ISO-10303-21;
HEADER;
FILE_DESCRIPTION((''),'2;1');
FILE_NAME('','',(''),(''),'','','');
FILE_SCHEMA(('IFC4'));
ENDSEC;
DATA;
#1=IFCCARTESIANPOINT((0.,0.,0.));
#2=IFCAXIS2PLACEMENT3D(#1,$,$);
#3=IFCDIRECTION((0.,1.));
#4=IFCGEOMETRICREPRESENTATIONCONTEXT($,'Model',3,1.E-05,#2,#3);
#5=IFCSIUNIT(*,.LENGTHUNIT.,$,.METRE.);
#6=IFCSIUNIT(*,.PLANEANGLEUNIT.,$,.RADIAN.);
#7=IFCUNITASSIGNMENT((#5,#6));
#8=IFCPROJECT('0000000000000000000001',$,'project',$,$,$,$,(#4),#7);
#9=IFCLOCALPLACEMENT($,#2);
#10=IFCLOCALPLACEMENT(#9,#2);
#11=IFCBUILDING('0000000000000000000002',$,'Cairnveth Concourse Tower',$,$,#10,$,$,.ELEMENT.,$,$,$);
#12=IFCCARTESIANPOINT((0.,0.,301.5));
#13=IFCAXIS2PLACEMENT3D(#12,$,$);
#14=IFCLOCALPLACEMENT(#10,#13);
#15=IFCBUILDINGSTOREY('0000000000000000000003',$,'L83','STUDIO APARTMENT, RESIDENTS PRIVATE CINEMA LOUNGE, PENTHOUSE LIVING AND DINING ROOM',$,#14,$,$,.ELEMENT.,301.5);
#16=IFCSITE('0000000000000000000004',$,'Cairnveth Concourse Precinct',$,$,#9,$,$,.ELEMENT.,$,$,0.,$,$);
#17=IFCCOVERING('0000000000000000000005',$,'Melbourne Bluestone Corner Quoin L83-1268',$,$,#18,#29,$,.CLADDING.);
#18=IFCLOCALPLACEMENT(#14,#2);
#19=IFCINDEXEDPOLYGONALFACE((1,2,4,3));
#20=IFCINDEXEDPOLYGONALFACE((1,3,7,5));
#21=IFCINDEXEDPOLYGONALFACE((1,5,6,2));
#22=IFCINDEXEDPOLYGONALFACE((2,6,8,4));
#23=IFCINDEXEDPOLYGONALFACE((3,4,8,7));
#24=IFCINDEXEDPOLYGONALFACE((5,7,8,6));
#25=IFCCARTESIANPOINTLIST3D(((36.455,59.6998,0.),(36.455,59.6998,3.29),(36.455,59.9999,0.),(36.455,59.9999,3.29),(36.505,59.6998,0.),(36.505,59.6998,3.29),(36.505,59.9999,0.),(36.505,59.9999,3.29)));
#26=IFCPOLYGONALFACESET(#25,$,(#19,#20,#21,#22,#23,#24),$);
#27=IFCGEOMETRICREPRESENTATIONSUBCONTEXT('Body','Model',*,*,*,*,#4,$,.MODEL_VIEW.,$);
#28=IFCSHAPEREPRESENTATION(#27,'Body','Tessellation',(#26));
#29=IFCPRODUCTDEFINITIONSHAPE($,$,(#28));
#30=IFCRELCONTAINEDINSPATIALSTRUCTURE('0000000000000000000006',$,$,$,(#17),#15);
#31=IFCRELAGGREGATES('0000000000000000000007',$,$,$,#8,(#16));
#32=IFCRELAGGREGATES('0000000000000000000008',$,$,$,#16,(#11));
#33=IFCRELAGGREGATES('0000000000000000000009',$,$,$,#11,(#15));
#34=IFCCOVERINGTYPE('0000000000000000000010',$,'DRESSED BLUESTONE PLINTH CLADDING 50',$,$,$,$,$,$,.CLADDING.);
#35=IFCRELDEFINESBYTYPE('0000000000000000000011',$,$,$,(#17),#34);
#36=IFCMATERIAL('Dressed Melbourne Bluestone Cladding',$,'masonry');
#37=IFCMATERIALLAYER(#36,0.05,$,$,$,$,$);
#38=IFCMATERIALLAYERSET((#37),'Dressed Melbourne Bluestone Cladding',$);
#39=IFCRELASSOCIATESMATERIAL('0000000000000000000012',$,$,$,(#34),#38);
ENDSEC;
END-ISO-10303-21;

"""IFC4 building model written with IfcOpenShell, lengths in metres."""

from ifc_helpers import new_model, si_unit, direction, frame, frame_2d, origin, place, context, subcontext, project, spatial, rectangle, extrude, material, layer, layer_set, type_object, element, save


model = new_model("IFC4")

# Units and contexts
model_context = context("Model", 3, precision=1e-05, world=origin(), true_north=direction((0.0, 1.0)))
body_context = subcontext(model_context, "Body", "Model", "MODEL_VIEW")
ifc_project = project(units=[si_unit("LENGTHUNIT", "METRE"), si_unit("PLANEANGLEUNIT", "RADIAN")], contexts=[model_context])

# Site, building, storey
site_placement = place(None, origin())
site = spatial("IfcSite", under=ifc_project, at=site_placement, Name="Cairnveth Concourse Precinct", CompositionType="ELEMENT", RefElevation=0.0)
building_placement = place(site_placement, origin())
building = spatial("IfcBuilding", under=site, at=building_placement, Name="Cairnveth Concourse Tower", CompositionType="ELEMENT")
storey_placement = place(building_placement, frame((0.0, 0.0, 301.5)))
storey = spatial("IfcBuildingStorey", under=building, at=storey_placement, Name="L83", Description="STUDIO APARTMENT, RESIDENTS PRIVATE CINEMA LOUNGE, PENTHOUSE LIVING AND DINING ROOM", CompositionType="ELEMENT", Elevation=301.5)

# Covering
ifc_material_1 = material(Name="Dressed Melbourne Bluestone Cladding", Category="masonry")
ifc_layer_1 = layer(ifc_material_1, 0.05)
ifc_layer_set_1 = layer_set([ifc_layer_1], Name="Dressed Melbourne Bluestone Cladding")
covering_type = type_object("IfcCoveringType", Name="DRESSED BLUESTONE PLINTH CLADDING 50", PredefinedType="CLADDING", material=ifc_layer_set_1)
for number, where, z_axis, x_axis, name in (
    (1, (36.48, 59.7, 0.0), (0.0, 0.0, 1.0), (0.0, 1.0, 0.0), "Melbourne Bluestone Corner Quoin L83-1268"),
):
    element("IfcCovering", number, at=place(storey_placement, frame(where, z_axis=z_axis, x_axis=x_axis)), inside=storey, type_object=covering_type, Name=name, PredefinedType="CLADDING", context=body_context, shape_type="SweptSolid", body=[
        extrude(rectangle(XDim=0.3, YDim=0.05, at=frame_2d((0.1499, 0.0))), origin(), (0.0, 0.0, 1.0), 3.29),
    ])

save(model, "model.ifc")
